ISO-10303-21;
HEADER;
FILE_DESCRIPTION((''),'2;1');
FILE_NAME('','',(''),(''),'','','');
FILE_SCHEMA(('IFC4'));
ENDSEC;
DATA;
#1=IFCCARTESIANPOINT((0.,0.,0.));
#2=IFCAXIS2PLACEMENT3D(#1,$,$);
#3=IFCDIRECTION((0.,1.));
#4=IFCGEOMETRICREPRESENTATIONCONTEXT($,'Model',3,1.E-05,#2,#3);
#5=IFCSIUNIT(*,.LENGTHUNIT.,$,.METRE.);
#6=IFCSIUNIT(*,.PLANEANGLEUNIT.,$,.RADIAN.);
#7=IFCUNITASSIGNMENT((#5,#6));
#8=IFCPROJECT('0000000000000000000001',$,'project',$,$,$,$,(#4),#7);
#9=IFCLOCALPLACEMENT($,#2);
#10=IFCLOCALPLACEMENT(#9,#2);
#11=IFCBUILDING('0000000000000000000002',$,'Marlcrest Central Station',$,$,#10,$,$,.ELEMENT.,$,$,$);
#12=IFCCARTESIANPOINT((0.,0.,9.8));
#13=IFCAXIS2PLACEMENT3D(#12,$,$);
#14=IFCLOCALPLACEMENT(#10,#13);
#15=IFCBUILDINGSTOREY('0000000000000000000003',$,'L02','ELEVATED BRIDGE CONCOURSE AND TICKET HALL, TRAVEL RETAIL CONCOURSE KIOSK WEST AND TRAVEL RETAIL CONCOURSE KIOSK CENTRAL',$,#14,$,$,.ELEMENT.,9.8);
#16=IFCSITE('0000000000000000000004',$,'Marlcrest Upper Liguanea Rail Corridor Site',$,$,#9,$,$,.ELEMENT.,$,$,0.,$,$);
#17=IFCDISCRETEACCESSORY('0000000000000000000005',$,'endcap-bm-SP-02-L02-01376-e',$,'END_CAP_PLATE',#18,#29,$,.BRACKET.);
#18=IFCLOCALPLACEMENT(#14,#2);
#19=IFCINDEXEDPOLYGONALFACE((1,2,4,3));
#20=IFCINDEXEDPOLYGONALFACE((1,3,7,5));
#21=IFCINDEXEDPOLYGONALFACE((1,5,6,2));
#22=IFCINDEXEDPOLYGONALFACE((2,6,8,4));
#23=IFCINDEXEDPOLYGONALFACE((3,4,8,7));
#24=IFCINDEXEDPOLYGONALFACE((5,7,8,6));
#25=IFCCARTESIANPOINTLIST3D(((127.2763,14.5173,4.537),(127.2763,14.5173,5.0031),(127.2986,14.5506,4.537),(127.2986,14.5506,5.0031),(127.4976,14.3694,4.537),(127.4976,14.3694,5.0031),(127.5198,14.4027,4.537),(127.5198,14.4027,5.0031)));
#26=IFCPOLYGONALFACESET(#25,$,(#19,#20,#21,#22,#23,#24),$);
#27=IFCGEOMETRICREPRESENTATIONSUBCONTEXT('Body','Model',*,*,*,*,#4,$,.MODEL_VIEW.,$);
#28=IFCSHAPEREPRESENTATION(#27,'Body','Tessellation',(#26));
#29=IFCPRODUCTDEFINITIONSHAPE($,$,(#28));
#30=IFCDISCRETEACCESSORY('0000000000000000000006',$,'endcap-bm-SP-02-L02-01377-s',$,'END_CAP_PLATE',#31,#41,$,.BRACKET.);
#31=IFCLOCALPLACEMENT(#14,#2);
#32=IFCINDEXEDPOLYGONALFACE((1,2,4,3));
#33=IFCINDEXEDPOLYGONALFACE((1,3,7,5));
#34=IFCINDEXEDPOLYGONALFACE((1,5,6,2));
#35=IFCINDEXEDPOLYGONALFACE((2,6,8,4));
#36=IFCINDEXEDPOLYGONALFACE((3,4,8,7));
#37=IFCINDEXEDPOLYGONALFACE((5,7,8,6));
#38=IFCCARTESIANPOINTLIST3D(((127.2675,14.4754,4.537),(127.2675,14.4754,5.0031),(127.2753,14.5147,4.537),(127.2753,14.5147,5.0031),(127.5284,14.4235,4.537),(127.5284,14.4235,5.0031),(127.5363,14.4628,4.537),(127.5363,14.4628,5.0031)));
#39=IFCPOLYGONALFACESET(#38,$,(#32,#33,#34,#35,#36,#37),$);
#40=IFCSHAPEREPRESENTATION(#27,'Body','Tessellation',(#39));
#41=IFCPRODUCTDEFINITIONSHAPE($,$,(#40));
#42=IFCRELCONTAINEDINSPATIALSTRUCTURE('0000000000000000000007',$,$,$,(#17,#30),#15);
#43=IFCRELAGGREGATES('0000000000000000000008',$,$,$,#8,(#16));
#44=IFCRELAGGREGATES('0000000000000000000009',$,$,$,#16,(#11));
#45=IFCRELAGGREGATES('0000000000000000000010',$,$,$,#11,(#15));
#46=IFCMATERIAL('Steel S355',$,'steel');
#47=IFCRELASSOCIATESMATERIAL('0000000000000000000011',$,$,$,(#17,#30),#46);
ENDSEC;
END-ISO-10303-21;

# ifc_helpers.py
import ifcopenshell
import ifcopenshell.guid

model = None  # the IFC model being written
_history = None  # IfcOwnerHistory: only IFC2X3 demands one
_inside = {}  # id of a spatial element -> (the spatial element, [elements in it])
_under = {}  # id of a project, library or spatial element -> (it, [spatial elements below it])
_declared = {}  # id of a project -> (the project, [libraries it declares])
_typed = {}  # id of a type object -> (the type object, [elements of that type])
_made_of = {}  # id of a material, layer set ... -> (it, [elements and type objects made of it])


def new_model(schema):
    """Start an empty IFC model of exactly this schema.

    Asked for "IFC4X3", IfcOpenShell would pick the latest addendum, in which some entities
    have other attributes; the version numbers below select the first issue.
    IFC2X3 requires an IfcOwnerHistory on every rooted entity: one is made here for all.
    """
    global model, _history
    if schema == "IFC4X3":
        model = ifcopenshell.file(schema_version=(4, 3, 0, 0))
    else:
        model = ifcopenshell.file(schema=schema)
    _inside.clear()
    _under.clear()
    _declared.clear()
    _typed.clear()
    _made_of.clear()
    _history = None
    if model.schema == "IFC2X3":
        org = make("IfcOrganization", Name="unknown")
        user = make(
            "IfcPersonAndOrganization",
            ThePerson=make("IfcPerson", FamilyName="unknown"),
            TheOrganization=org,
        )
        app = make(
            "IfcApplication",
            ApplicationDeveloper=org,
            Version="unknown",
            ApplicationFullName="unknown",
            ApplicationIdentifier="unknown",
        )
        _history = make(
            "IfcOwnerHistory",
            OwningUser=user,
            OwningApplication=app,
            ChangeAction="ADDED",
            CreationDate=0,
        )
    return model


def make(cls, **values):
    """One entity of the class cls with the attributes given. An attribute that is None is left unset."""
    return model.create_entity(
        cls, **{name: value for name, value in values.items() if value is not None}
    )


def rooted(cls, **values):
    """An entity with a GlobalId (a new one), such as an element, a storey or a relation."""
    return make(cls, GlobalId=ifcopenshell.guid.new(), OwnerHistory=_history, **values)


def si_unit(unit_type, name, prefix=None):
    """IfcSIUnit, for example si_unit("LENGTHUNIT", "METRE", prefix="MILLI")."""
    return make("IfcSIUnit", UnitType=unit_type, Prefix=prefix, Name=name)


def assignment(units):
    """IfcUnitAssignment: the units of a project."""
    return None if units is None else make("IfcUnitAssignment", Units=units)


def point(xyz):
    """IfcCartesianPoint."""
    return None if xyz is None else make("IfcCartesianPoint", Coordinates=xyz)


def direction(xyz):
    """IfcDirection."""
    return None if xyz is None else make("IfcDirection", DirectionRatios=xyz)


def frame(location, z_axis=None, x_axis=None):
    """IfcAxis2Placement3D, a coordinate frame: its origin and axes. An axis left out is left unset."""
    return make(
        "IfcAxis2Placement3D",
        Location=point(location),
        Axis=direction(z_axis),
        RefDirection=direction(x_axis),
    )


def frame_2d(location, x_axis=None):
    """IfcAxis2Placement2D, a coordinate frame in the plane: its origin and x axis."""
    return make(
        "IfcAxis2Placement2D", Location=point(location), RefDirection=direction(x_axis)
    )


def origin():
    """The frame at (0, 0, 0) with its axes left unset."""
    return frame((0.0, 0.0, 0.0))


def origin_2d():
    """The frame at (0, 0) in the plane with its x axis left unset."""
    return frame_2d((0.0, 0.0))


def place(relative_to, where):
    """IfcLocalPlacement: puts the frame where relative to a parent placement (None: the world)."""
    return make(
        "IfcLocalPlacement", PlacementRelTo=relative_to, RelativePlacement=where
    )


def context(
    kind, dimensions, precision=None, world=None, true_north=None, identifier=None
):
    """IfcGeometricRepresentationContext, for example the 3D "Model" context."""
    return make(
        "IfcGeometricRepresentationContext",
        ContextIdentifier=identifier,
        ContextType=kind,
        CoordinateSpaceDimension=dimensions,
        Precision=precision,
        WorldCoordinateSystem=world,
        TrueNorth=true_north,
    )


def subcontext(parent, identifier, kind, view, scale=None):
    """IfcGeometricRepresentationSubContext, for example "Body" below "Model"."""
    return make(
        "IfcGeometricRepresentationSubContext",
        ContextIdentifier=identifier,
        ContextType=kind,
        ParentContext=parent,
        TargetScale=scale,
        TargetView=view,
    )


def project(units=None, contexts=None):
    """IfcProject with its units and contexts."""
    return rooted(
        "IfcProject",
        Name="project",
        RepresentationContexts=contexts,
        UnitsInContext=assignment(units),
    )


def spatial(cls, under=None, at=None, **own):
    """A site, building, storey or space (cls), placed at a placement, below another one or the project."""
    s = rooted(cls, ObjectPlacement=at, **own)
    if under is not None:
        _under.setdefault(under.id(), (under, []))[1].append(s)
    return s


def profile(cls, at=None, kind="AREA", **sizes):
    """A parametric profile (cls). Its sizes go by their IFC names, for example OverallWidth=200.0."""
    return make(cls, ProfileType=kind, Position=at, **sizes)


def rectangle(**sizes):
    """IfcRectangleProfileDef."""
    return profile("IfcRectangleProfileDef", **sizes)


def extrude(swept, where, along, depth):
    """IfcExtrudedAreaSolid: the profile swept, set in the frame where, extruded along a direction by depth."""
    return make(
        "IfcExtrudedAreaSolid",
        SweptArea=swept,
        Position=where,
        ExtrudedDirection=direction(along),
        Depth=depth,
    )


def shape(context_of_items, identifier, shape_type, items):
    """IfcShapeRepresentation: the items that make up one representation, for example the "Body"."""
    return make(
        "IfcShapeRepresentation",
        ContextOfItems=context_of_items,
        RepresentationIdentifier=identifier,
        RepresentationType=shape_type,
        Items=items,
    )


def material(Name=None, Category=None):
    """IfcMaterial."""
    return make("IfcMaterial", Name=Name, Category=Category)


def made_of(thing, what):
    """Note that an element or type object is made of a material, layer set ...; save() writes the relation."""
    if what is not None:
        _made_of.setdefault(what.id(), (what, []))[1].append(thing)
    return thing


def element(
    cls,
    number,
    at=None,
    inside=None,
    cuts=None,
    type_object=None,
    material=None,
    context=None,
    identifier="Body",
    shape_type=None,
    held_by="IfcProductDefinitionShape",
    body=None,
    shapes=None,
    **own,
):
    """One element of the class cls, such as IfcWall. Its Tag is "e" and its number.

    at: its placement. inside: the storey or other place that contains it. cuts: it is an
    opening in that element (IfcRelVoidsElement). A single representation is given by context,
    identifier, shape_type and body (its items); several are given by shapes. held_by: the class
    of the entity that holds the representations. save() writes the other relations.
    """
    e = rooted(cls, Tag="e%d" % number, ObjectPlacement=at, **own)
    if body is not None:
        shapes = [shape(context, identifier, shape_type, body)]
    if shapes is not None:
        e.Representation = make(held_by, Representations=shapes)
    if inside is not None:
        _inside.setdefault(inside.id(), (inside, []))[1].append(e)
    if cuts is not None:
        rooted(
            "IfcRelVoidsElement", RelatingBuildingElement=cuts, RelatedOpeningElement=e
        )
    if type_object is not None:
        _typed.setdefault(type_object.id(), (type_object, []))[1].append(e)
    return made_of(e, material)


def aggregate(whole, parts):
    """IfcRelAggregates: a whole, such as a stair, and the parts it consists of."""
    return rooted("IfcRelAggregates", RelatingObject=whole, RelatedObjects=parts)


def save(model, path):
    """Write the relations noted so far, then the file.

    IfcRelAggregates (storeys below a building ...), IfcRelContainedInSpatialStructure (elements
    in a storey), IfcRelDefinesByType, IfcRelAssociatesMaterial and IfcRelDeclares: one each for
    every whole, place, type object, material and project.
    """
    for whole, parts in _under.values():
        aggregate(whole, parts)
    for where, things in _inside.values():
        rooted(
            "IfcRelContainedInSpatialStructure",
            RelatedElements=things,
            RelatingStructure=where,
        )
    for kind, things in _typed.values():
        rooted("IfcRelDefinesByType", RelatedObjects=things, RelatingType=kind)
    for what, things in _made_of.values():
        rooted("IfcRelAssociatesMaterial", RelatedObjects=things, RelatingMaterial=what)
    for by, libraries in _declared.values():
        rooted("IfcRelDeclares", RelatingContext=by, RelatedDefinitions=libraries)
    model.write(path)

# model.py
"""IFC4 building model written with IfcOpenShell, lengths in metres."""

from ifc_helpers import new_model, si_unit, direction, frame, origin, origin_2d, place, context, subcontext, project, spatial, rectangle, extrude, material, element, save


model = new_model("IFC4")

# Units and contexts
model_context = context("Model", 3, precision=1e-05, world=origin(), true_north=direction((0.0, 1.0)))
body_context = subcontext(model_context, "Body", "Model", "MODEL_VIEW")
ifc_project = project(units=[si_unit("LENGTHUNIT", "METRE"), si_unit("PLANEANGLEUNIT", "RADIAN")], contexts=[model_context])

# Site, building, storey
site_placement = place(None, origin())
site = spatial("IfcSite", under=ifc_project, at=site_placement, Name="Marlcrest Upper Liguanea Rail Corridor Site", CompositionType="ELEMENT", RefElevation=0.0)
building_placement = place(site_placement, origin())
building = spatial("IfcBuilding", under=site, at=building_placement, Name="Marlcrest Central Station", CompositionType="ELEMENT")
storey_placement = place(building_placement, frame((0.0, 0.0, 9.8)))
storey = spatial("IfcBuildingStorey", under=building, at=storey_placement, Name="L02", Description="ELEVATED BRIDGE CONCOURSE AND TICKET HALL, TRAVEL RETAIL CONCOURSE KIOSK WEST AND TRAVEL RETAIL CONCOURSE KIOSK CENTRAL", CompositionType="ELEMENT", Elevation=9.8)

# Shared definitions
ifc_material_1 = material(Name="Steel S355", Category="steel")

# Discrete accessories
for number, where, z_axis, x_axis, name in (
    (1, (127.387, 14.4434, 4.77), (0.555511, 0.831509, 0.0), (-0.831509, 0.555511, 0.0), "endcap-bm-SP-02-L02-01376-e"),
    (2, (127.3979, 14.4495, 4.77), (0.195171, 0.980769, 0.0), (-0.980769, 0.195171, 0.0), "endcap-bm-SP-02-L02-01377-s"),
):
    element("IfcDiscreteAccessory", number, at=place(storey_placement, frame(where, z_axis=z_axis, x_axis=x_axis)), inside=storey, material=ifc_material_1, Name=name, ObjectType="END_CAP_PLATE", PredefinedType="BRACKET", context=body_context, shape_type="SweptSolid", body=[
        extrude(rectangle(XDim=0.2661, YDim=0.4661, at=origin_2d()), origin(), (0.0, 0.0, 1.0), 0.04),
    ])

save(model, "model.ifc")
